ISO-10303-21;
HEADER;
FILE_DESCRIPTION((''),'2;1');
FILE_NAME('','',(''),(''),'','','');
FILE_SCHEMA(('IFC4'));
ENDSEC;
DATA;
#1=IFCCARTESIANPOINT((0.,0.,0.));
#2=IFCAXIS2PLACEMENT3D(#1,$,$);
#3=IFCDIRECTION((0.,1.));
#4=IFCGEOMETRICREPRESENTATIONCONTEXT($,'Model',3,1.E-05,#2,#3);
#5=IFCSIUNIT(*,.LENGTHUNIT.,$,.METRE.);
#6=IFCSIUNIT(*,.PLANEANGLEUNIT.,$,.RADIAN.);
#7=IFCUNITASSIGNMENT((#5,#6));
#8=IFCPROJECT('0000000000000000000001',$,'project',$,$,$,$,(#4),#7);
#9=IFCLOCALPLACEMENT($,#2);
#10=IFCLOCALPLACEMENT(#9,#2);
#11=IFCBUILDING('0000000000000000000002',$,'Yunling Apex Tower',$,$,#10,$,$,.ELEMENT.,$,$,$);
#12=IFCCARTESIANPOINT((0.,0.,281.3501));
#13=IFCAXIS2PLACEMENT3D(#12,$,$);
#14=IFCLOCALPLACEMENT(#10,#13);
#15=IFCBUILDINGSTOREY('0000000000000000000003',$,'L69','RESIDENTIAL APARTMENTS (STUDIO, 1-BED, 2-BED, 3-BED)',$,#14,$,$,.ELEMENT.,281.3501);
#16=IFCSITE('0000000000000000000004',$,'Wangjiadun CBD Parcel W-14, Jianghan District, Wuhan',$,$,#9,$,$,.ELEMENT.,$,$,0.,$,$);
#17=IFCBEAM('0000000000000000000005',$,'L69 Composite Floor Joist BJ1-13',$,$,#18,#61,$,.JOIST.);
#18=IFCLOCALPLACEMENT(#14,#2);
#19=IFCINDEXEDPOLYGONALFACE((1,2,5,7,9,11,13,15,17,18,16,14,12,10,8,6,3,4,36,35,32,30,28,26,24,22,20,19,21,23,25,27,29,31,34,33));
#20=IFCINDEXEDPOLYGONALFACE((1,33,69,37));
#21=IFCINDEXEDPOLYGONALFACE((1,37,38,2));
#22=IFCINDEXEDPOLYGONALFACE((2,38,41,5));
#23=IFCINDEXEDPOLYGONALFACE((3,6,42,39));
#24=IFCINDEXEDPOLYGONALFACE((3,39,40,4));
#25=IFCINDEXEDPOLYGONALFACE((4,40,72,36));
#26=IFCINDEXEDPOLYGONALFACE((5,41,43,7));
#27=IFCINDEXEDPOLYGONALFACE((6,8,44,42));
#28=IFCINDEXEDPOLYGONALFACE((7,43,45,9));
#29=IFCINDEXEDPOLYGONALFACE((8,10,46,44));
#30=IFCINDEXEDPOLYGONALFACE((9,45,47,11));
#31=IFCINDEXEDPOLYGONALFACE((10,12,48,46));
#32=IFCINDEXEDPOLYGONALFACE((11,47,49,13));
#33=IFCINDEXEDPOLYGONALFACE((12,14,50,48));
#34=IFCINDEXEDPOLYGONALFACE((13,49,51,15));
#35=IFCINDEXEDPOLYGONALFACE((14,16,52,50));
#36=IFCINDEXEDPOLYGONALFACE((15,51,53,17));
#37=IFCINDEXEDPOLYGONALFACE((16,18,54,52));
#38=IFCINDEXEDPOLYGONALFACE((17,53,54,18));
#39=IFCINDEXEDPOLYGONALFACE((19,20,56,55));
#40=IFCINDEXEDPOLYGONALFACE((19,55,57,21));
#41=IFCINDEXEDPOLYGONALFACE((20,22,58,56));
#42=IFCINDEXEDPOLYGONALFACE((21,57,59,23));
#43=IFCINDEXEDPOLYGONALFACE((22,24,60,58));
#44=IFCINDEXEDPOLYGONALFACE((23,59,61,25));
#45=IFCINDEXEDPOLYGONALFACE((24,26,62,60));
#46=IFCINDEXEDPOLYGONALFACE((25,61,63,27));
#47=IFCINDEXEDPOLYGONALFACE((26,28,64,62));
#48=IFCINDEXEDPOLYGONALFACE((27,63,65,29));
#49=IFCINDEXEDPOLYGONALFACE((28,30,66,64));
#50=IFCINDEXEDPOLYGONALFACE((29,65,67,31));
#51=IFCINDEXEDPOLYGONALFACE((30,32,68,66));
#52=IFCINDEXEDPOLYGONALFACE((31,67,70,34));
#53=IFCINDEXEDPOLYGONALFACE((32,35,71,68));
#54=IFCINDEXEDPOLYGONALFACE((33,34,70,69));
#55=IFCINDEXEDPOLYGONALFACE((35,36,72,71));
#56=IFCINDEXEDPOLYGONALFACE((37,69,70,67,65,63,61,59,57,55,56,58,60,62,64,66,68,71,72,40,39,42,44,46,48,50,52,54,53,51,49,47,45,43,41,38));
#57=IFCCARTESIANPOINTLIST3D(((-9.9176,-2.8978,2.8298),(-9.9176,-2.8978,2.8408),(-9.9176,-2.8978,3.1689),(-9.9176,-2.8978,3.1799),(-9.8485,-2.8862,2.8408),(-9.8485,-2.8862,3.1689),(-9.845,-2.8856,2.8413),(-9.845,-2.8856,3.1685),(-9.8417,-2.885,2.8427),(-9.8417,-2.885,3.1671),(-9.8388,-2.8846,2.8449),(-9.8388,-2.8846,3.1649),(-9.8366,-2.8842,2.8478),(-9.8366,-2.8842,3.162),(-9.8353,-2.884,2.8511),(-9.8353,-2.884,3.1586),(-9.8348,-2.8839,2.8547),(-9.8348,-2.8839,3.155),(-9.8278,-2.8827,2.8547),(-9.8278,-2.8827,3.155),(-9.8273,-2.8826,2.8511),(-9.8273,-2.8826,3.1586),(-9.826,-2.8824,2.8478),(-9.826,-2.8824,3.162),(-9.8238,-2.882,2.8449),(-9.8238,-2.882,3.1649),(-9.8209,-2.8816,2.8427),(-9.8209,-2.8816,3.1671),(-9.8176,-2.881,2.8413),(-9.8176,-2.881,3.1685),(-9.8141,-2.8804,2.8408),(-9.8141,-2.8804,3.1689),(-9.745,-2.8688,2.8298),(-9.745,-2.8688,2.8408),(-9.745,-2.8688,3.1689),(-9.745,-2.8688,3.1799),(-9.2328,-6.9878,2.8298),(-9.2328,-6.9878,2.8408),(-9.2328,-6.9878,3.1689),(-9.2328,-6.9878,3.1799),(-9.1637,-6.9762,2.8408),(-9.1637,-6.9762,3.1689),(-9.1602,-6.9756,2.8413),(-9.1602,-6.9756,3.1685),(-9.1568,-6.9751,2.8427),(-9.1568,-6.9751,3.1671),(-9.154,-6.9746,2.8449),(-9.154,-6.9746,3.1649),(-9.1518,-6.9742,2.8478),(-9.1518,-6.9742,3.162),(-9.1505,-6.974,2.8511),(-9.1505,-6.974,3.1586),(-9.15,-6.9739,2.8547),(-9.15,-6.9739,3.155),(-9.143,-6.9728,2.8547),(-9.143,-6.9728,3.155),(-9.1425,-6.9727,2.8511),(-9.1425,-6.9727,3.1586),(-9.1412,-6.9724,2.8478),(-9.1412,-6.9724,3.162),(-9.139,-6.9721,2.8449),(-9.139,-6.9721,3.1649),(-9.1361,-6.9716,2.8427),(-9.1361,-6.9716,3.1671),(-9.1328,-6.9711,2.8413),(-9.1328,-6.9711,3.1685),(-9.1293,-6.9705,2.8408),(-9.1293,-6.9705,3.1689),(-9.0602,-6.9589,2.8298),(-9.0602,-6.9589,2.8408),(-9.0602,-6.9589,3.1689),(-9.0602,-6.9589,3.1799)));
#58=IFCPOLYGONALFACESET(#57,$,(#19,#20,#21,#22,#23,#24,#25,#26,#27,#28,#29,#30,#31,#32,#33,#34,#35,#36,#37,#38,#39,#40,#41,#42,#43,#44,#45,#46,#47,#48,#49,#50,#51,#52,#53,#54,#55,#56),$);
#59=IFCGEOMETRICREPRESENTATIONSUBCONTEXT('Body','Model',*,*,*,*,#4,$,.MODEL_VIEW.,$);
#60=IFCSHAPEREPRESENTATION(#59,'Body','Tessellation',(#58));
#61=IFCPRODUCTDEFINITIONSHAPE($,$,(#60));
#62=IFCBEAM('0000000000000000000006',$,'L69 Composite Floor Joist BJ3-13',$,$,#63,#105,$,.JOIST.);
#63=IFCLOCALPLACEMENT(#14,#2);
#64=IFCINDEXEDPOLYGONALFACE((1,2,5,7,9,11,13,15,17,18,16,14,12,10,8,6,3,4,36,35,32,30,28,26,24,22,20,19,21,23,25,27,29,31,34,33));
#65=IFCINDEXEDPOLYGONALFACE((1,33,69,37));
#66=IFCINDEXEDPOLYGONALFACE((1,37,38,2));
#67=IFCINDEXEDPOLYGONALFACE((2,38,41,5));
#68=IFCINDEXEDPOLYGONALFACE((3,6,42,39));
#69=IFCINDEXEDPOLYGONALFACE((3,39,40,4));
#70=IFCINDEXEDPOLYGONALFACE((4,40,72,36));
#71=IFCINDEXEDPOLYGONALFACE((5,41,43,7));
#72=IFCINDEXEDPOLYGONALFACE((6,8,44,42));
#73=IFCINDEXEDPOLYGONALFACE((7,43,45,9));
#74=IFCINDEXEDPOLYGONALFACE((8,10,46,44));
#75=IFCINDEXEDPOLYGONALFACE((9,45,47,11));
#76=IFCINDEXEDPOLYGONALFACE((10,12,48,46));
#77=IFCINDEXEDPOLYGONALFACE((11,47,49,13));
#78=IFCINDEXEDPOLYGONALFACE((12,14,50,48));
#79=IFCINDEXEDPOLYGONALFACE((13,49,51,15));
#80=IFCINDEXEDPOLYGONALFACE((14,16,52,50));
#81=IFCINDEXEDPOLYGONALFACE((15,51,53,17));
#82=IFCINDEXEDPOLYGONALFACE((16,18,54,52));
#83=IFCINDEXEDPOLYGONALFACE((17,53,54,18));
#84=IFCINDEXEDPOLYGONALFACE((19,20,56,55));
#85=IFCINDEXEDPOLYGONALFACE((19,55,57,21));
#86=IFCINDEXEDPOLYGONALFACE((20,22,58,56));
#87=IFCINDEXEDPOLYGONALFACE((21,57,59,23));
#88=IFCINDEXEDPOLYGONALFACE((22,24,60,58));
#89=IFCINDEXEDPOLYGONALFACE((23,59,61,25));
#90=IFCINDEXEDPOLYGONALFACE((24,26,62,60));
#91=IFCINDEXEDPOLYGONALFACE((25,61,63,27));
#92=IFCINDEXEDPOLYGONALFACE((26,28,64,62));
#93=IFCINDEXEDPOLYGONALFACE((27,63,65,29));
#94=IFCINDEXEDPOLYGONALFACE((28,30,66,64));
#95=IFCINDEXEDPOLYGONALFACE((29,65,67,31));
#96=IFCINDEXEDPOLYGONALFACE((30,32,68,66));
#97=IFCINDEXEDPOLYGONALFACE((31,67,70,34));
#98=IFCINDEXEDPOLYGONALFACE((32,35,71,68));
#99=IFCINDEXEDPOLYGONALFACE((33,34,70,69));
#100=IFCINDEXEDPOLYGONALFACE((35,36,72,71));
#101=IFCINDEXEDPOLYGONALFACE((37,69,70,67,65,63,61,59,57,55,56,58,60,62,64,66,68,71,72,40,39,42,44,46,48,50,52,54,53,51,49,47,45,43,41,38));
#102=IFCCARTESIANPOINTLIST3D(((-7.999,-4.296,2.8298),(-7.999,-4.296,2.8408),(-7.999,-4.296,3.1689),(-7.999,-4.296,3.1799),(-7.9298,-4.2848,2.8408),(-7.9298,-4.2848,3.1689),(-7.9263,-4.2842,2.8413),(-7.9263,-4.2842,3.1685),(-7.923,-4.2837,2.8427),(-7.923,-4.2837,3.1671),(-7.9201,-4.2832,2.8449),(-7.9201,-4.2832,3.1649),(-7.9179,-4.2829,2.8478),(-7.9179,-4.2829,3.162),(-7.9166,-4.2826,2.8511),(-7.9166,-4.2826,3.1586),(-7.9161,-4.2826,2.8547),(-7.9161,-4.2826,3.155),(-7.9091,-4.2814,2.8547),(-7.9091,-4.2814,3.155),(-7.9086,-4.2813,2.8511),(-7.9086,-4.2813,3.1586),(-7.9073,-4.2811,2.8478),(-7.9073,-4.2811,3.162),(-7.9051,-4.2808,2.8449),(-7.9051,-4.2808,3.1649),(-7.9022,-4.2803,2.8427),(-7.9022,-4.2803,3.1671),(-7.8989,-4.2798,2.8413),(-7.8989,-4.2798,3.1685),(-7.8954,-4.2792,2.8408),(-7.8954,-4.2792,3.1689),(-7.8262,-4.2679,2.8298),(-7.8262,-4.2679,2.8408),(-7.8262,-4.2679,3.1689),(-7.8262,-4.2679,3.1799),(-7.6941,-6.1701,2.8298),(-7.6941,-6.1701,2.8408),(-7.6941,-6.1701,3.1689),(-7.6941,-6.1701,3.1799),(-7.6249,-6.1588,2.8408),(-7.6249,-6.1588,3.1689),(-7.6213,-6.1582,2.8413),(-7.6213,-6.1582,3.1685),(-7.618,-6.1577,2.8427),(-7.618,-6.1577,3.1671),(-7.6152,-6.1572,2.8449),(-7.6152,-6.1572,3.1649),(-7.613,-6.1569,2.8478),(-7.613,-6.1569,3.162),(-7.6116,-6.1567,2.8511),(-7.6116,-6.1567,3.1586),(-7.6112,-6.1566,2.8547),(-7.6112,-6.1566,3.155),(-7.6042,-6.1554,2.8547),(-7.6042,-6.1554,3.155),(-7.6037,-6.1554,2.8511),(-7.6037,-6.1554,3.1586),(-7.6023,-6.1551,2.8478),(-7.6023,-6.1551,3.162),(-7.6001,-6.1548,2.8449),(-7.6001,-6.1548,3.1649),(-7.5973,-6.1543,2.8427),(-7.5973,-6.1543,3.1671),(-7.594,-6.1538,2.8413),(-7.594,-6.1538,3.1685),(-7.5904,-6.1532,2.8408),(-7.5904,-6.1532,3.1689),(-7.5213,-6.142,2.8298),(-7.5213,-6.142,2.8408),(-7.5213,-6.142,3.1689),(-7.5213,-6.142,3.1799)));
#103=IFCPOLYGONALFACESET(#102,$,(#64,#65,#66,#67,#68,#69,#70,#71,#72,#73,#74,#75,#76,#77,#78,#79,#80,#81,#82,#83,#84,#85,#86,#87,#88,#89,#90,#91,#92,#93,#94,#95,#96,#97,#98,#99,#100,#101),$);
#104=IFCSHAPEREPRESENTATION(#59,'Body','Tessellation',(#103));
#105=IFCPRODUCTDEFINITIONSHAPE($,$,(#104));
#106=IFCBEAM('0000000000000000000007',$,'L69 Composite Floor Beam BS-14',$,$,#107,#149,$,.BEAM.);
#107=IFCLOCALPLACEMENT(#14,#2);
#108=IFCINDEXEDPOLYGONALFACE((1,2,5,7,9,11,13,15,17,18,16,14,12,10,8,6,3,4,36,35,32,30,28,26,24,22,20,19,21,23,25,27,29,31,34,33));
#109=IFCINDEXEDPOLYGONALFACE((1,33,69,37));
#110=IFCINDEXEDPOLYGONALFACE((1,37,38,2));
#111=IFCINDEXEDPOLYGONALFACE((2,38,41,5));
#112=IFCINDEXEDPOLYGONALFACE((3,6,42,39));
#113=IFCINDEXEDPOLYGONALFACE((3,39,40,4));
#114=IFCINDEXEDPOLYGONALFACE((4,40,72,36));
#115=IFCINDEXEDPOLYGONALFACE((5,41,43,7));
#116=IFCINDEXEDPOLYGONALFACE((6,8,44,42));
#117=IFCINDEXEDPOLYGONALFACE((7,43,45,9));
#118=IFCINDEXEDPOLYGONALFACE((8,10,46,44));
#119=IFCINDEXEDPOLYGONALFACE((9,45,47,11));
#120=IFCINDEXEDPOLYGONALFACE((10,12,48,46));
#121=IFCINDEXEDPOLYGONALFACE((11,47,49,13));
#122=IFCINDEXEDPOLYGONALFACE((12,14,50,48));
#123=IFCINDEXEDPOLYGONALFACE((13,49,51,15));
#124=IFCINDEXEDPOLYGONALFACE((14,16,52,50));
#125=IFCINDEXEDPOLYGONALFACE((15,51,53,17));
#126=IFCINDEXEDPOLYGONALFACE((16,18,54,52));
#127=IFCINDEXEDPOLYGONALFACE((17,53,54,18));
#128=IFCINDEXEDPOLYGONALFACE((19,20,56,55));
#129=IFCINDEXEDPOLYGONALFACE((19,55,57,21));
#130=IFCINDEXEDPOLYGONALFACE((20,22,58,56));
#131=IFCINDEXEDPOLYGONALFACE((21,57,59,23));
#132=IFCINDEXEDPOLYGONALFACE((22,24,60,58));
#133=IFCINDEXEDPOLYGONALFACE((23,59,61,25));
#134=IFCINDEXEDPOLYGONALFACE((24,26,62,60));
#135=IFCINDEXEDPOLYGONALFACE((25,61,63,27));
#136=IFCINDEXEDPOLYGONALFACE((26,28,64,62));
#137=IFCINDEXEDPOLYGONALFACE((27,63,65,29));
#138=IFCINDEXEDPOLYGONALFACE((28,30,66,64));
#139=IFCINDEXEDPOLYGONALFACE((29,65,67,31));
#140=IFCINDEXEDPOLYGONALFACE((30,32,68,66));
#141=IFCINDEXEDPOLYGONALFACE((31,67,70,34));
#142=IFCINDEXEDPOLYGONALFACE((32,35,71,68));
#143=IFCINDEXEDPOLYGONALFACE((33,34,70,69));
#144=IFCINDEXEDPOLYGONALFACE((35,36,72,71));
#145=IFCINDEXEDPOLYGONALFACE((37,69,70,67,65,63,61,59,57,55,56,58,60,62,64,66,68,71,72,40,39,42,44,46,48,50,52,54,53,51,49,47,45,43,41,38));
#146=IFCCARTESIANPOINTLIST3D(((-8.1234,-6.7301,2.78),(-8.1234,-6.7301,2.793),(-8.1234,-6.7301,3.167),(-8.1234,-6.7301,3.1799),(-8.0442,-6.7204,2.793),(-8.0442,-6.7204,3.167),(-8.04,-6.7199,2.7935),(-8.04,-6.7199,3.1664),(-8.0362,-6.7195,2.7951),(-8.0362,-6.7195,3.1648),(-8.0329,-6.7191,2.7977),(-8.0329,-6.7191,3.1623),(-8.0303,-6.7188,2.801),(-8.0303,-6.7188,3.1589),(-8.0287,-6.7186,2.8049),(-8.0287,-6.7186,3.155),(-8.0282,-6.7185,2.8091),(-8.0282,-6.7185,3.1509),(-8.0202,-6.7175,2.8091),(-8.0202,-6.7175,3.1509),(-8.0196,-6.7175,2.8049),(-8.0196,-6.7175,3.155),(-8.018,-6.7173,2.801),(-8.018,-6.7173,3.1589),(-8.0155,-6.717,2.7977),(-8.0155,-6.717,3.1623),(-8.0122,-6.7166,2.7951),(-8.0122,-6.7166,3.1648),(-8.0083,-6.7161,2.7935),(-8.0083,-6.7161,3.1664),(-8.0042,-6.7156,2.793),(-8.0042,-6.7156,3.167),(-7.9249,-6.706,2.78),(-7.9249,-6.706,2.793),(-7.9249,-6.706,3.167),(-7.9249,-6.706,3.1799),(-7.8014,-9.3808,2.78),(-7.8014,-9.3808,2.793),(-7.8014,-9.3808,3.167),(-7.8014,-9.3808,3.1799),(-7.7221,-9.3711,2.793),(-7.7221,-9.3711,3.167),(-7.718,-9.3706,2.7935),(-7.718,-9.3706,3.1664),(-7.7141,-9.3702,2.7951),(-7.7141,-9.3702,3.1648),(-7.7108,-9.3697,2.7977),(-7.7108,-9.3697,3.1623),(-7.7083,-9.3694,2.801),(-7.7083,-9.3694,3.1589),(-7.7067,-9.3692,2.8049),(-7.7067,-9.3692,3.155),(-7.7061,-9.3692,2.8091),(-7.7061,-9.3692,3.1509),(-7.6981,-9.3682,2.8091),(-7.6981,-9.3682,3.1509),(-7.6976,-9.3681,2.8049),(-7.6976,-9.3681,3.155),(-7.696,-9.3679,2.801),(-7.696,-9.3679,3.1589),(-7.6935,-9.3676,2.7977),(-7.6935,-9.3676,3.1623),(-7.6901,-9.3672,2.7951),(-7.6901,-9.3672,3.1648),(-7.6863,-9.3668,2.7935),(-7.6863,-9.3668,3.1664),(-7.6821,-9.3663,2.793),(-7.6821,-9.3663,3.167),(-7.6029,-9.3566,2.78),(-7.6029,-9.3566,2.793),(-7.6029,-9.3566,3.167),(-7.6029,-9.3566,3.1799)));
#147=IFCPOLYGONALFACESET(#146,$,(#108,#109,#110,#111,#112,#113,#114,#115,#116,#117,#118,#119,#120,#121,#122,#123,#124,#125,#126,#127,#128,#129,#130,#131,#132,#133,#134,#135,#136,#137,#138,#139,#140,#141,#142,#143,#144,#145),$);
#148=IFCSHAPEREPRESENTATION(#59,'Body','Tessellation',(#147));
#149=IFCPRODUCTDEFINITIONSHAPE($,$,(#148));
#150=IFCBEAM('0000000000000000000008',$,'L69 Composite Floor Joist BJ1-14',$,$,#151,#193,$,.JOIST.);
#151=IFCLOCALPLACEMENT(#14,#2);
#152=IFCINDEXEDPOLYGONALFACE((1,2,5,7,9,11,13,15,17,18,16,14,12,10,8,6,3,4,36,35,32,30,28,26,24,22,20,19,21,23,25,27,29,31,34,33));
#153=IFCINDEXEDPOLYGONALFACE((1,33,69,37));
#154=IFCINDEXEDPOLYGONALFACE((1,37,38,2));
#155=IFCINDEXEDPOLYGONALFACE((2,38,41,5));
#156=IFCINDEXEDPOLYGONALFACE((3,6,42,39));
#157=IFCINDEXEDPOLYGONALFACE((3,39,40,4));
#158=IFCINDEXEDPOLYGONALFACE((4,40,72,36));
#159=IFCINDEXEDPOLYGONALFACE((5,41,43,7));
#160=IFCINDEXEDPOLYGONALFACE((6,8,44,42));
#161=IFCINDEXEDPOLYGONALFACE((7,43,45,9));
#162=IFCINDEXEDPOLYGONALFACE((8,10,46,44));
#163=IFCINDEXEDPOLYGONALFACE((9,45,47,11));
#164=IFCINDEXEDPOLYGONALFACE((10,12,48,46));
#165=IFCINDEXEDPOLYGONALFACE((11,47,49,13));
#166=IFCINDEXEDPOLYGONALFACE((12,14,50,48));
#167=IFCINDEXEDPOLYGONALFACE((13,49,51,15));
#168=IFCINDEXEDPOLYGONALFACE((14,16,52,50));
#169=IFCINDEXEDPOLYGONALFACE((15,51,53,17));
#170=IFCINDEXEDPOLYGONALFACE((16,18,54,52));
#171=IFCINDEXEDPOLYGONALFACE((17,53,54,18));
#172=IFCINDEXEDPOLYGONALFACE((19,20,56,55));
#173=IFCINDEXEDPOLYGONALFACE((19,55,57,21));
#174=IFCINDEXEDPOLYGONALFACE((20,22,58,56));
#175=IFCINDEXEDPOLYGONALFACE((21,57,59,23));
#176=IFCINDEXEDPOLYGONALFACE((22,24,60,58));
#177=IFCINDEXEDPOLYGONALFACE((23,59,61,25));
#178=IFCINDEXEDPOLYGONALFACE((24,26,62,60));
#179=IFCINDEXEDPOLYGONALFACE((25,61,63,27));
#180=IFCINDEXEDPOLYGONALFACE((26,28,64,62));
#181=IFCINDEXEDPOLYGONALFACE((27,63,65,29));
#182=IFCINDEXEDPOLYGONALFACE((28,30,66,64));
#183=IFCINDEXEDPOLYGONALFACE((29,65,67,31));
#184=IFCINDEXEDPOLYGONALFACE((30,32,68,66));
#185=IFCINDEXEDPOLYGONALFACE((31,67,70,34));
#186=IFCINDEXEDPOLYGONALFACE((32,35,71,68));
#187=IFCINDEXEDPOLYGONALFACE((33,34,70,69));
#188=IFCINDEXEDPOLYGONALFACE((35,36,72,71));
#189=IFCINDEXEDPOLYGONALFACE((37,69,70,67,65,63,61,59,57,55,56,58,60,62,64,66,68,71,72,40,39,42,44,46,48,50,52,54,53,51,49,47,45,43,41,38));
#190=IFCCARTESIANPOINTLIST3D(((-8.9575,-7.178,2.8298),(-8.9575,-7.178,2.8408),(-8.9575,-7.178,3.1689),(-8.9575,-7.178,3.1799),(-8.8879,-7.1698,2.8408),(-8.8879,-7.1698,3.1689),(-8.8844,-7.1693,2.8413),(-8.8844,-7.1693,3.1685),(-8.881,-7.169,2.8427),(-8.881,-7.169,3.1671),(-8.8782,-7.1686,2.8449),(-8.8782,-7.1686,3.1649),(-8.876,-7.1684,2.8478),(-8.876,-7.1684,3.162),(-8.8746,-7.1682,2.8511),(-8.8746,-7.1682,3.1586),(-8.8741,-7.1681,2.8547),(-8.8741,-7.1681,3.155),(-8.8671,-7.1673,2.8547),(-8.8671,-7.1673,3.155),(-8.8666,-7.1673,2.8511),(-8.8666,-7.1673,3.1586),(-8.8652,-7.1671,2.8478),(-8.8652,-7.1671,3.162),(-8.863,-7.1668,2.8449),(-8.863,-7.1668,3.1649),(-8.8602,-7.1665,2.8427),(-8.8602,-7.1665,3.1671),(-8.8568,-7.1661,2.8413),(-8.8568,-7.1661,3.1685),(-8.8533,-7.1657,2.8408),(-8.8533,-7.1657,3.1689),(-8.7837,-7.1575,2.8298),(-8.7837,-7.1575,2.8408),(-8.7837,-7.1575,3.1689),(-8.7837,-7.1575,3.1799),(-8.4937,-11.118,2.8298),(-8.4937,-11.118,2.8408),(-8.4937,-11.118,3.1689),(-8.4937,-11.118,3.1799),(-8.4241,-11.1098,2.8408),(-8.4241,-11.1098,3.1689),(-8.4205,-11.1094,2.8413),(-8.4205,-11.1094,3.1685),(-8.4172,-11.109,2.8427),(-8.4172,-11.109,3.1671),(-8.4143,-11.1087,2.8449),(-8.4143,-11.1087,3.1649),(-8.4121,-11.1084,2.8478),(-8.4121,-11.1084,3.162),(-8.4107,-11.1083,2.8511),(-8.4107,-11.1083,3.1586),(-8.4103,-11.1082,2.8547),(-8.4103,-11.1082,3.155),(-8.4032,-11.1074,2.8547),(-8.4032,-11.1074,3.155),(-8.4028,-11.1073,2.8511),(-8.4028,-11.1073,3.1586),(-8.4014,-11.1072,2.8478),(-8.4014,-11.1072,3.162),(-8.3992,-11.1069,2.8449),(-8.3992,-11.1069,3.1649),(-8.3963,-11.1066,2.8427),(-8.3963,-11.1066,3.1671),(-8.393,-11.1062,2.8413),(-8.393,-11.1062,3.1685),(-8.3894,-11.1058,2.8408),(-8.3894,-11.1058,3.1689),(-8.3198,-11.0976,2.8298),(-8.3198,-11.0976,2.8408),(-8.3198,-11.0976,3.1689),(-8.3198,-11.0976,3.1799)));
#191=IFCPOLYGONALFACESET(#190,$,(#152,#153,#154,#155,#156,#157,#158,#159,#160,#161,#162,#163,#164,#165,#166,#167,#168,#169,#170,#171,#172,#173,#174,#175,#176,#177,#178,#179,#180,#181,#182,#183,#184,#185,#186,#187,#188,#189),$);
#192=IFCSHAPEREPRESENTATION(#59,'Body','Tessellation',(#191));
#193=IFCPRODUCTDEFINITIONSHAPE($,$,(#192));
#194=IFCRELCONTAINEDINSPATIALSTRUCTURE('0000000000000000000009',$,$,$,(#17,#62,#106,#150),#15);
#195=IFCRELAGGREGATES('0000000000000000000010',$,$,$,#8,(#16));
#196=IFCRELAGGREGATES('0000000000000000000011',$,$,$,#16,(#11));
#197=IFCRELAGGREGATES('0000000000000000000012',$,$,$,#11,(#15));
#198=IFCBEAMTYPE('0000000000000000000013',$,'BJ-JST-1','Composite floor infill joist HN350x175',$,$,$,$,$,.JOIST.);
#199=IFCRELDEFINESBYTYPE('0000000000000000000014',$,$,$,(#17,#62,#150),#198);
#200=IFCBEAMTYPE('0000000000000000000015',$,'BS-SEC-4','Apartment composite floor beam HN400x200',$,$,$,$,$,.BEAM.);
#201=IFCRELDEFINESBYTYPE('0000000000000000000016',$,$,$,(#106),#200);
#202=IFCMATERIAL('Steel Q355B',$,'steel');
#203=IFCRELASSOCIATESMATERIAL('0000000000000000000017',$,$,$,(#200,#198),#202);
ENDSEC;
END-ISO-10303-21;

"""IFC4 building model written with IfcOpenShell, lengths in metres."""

from ifc_helpers import new_model, si_unit, direction, frame, origin, origin_2d, place, context, subcontext, project, spatial, i_section, extrude, source, transform, mapped, material, material_profile, profile_set, type_object, element, save


model = new_model("IFC4")

# Units and contexts
model_context = context("Model", 3, precision=1e-05, world=origin(), true_north=direction((0.0, 1.0)))
body_context = subcontext(model_context, "Body", "Model", "MODEL_VIEW")
ifc_project = project(units=[si_unit("LENGTHUNIT", "METRE"), si_unit("PLANEANGLEUNIT", "RADIAN")], contexts=[model_context])

# Site, building, storey
site_placement = place(None, origin())
site = spatial("IfcSite", under=ifc_project, at=site_placement, Name="Wangjiadun CBD Parcel W-14, Jianghan District, Wuhan", CompositionType="ELEMENT", RefElevation=0.0)
building_placement = place(site_placement, origin())
building = spatial("IfcBuilding", under=site, at=building_placement, Name="Yunling Apex Tower", CompositionType="ELEMENT")
storey_placement = place(building_placement, frame((0.0, 0.0, 281.3501)))
storey = spatial("IfcBuildingStorey", under=building, at=storey_placement, Name="L69", Description="RESIDENTIAL APARTMENTS (STUDIO, 1-BED, 2-BED, 3-BED)", CompositionType="ELEMENT", Elevation=281.3501)

# Shared definitions
ifc_material_1 = material(Name="Steel Q355B", Category="steel")

# Beams
ifc_material_profile_1 = material_profile(ifc_material_1, i_section(OverallWidth=0.2, OverallDepth=0.3999, WebThickness=0.0081, FlangeThickness=0.0129, FilletRadius=0.0161, at=origin_2d()))
ifc_profile_set_1 = profile_set([ifc_material_profile_1], Name="Steel Q355B")
beam_type_1 = type_object("IfcBeamType", Name="BS-SEC-4", Description="Apartment composite floor beam HN400x200", PredefinedType="BEAM", material=ifc_profile_set_1)
ifc_material_profile_2 = material_profile(ifc_material_1, i_section(OverallWidth=0.175, OverallDepth=0.3501, WebThickness=0.0071, FlangeThickness=0.011, FilletRadius=0.0139, at=origin_2d()))
ifc_profile_set_2 = profile_set([ifc_material_profile_2], Name="Steel Q355B")
beam_type_2 = type_object("IfcBeamType", Name="BJ-JST-1", Description="Composite floor infill joist HN350x175", PredefinedType="JOIST", material=ifc_profile_set_2)
shared_shape_1 = source(origin(), body_context, "Body", "SweptSolid", [
    extrude(i_section(OverallWidth=0.175, OverallDepth=0.3501, WebThickness=0.0071, FlangeThickness=0.011, FilletRadius=0.0139, at=origin_2d()), origin(), (0.0, 0.0, 1.0), 4.147),
])
beam_1_placement = place(storey_placement, frame((-9.8313, -2.8833, 3.0049), z_axis=(0.165134, -0.986271, 0.0), x_axis=(0.986271, 0.165134, 0.0)))
element("IfcBeam", 1, at=beam_1_placement, inside=storey, type_object=beam_type_2, Name="L69 Composite Floor Joist BJ1-13", PredefinedType="JOIST", context=body_context, shape_type="MappedRepresentation", body=[
    mapped(shared_shape_1, transform((0.0, 0.0, 0.0), scale=1.0)),
])
shared_shape_2 = source(origin(), body_context, "Body", "SweptSolid", [
    extrude(i_section(OverallWidth=0.175, OverallDepth=0.3501, WebThickness=0.0071, FlangeThickness=0.011, FilletRadius=0.0139, at=origin_2d()), origin(), (0.0, 0.0, 1.0), 1.8987),
])
beam_2_placement = place(storey_placement, frame((-7.9126, -4.282, 3.0049), z_axis=(0.160603, -0.987019, 0.0), x_axis=(0.987019, 0.160603, 0.0)))
element("IfcBeam", 2, at=beam_2_placement, inside=storey, type_object=beam_type_2, Name="L69 Composite Floor Joist BJ3-13", PredefinedType="JOIST", context=body_context, shape_type="MappedRepresentation", body=[
    mapped(shared_shape_2, transform((0.0, 0.0, 0.0), scale=1.0)),
])
shared_shape_3 = source(origin(), body_context, "Body", "SweptSolid", [
    extrude(i_section(OverallWidth=0.2, OverallDepth=0.3999, WebThickness=0.0081, FlangeThickness=0.0129, FilletRadius=0.0161, at=origin_2d()), origin(), (0.0, 0.0, 1.0), 2.6702),
])
beam_3_placement = place(storey_placement, frame((-8.0242, -6.718, 2.98), z_axis=(0.120602, -0.992701, 0.0), x_axis=(0.992701, 0.120602, 0.0)))
element("IfcBeam", 3, at=beam_3_placement, inside=storey, type_object=beam_type_1, Name="L69 Composite Floor Beam BS-14", PredefinedType="BEAM", context=body_context, shape_type="MappedRepresentation", body=[
    mapped(shared_shape_3, transform((0.0, 0.0, 0.0), scale=1.0)),
])
shared_shape_4 = source(origin(), body_context, "Body", "SweptSolid", [
    extrude(i_section(OverallWidth=0.175, OverallDepth=0.3501, WebThickness=0.0071, FlangeThickness=0.011, FilletRadius=0.0139, at=origin_2d()), origin(), (0.0, 0.0, 1.0), 3.9673),
])
beam_4_placement = place(storey_placement, frame((-8.8706, -7.1677, 3.0049), z_axis=(0.11692, -0.993141, 0.0), x_axis=(0.993141, 0.11692, 0.0)))
element("IfcBeam", 4, at=beam_4_placement, inside=storey, type_object=beam_type_2, Name="L69 Composite Floor Joist BJ1-14", PredefinedType="JOIST", context=body_context, shape_type="MappedRepresentation", body=[
    mapped(shared_shape_4, transform((0.0, 0.0, 0.0), scale=1.0)),
])

save(model, "model.ifc")
